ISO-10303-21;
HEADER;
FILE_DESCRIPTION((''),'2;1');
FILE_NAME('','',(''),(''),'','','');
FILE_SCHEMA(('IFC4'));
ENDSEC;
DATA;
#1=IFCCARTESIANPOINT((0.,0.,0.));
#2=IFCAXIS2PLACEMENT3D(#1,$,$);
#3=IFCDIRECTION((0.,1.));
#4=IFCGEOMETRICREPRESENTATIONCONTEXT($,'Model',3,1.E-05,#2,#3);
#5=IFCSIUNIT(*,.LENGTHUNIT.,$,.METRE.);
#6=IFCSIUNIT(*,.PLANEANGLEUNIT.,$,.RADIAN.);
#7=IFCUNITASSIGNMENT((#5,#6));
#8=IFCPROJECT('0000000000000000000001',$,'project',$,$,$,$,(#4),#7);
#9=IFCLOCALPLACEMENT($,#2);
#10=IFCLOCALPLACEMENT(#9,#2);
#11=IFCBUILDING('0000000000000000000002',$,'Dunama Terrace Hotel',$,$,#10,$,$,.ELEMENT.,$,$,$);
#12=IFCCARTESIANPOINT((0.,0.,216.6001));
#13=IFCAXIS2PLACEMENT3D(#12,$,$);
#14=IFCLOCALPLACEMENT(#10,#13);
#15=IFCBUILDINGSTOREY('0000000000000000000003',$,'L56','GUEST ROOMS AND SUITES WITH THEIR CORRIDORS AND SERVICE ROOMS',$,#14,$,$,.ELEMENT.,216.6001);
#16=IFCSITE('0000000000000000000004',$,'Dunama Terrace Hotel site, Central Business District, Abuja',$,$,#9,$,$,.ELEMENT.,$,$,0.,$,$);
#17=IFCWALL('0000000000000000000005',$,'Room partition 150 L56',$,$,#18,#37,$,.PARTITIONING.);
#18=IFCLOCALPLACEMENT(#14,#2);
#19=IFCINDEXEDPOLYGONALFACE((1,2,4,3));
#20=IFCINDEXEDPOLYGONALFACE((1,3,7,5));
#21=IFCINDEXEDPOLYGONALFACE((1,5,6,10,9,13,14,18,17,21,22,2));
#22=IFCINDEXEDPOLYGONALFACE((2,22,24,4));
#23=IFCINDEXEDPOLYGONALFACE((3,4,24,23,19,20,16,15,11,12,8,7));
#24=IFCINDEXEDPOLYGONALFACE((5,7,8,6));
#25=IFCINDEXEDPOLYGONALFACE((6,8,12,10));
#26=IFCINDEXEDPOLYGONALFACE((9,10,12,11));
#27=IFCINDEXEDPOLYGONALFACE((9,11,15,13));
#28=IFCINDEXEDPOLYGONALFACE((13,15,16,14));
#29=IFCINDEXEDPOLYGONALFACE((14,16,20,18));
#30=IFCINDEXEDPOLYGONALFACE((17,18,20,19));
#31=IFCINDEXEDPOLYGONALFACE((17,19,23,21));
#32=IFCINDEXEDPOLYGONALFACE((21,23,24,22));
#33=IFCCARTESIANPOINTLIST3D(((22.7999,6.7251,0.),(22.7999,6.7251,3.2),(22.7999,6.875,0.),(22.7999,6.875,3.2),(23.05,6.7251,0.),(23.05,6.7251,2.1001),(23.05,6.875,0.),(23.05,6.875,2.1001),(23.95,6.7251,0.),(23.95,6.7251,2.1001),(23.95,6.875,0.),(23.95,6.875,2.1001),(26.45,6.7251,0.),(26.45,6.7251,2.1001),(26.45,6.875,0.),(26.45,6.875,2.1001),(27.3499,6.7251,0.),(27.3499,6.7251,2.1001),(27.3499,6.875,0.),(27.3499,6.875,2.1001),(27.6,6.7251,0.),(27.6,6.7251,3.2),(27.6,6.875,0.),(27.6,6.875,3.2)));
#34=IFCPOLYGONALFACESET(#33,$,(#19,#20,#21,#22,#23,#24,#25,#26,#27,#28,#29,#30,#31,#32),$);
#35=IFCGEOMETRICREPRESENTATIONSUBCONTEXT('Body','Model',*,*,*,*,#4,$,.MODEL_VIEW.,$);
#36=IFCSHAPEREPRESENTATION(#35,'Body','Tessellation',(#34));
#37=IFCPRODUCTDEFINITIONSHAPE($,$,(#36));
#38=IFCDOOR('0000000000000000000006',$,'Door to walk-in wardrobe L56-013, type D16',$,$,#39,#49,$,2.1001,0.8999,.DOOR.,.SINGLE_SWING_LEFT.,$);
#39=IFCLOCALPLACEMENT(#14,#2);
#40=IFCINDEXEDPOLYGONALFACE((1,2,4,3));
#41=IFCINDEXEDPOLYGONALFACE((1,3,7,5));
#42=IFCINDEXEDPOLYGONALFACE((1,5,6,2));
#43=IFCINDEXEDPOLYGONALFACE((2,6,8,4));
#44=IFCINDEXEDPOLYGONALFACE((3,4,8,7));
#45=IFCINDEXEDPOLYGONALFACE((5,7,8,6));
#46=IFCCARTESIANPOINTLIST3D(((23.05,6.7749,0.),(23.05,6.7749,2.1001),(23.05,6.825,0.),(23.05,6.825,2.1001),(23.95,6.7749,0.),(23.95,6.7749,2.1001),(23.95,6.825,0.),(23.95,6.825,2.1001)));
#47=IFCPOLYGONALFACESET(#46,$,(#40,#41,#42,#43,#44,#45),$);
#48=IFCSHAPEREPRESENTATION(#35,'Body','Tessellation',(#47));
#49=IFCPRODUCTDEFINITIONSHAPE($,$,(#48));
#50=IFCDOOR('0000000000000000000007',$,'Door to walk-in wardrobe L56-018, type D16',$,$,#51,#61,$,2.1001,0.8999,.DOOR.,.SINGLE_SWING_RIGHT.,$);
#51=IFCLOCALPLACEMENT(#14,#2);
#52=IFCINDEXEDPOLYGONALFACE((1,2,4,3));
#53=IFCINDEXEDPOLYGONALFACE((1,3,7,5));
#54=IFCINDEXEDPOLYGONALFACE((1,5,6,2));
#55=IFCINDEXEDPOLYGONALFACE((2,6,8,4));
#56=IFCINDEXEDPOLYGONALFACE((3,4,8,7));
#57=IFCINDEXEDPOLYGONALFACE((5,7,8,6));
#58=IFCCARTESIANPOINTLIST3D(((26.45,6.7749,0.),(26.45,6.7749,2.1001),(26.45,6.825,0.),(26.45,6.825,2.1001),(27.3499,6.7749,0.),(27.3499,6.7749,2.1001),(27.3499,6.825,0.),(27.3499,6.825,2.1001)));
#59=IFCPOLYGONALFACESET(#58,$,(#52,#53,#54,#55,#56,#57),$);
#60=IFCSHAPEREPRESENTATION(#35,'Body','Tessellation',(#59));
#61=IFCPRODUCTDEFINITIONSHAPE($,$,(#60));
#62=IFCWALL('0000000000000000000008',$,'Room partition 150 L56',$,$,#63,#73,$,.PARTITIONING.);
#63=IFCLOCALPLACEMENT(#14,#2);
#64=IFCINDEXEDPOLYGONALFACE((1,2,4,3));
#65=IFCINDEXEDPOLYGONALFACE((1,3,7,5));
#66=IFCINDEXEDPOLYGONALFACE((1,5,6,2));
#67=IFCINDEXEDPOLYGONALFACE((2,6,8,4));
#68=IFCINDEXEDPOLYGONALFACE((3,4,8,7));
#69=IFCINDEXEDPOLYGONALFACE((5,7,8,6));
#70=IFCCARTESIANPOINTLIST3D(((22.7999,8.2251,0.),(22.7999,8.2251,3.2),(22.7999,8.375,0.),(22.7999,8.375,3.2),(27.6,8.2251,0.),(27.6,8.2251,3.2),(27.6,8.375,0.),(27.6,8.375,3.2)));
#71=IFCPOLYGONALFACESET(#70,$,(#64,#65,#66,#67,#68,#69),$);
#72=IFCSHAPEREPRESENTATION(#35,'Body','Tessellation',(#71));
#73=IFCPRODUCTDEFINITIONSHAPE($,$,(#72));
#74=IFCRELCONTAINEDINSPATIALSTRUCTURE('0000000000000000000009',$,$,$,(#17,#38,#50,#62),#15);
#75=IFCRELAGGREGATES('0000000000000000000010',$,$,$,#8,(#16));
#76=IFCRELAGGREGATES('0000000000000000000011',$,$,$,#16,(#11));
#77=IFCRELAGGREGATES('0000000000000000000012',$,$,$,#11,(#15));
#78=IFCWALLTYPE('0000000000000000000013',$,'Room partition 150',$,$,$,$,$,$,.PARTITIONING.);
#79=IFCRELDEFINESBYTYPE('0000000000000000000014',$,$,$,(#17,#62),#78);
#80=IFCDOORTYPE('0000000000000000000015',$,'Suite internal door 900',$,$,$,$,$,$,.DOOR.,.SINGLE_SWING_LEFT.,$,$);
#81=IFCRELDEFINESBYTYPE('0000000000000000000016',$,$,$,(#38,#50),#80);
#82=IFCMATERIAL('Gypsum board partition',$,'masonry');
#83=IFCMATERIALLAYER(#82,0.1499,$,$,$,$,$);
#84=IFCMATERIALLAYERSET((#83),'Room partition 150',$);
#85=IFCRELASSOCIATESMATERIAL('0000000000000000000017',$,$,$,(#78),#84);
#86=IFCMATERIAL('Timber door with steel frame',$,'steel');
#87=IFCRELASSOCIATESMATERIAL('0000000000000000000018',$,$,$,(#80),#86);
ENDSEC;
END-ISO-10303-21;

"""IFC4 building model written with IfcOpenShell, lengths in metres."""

from ifc_helpers import new_model, si_unit, direction, frame, frame_2d, origin, place, context, subcontext, project, spatial, rectangle, extrude, material, layer, layer_set, type_object, element, fill, save


model = new_model("IFC4")

# Units and contexts
model_context = context("Model", 3, precision=1e-05, world=origin(), true_north=direction((0.0, 1.0)))
body_context = subcontext(model_context, "Body", "Model", "MODEL_VIEW")
ifc_project = project(units=[si_unit("LENGTHUNIT", "METRE"), si_unit("PLANEANGLEUNIT", "RADIAN")], contexts=[model_context])

# Site, building, storey
site_placement = place(None, origin())
site = spatial("IfcSite", under=ifc_project, at=site_placement, Name="Dunama Terrace Hotel site, Central Business District, Abuja", CompositionType="ELEMENT", RefElevation=0.0)
building_placement = place(site_placement, origin())
building = spatial("IfcBuilding", under=site, at=building_placement, Name="Dunama Terrace Hotel", CompositionType="ELEMENT")
storey_placement = place(building_placement, frame((0.0, 0.0, 216.6001)))
storey = spatial("IfcBuildingStorey", under=building, at=storey_placement, Name="L56", Description="GUEST ROOMS AND SUITES WITH THEIR CORRIDORS AND SERVICE ROOMS", CompositionType="ELEMENT", Elevation=216.6001)

# Shared definitions
ifc_material_1 = material(Name="Gypsum board partition", Category="masonry")
ifc_layer_1 = layer(ifc_material_1, 0.1499)
ifc_layer_set_1 = layer_set([ifc_layer_1], Name="Room partition 150")
wall_type_1 = type_object("IfcWallType", Name="Room partition 150", PredefinedType="PARTITIONING", material=ifc_layer_set_1)

# Wall, openings, doors
wall_1_placement = place(storey_placement, frame((22.8, 6.8, 0.0), z_axis=(0.0, 0.0, 1.0), x_axis=(1.0, 0.0, 0.0)))
wall_1 = element("IfcWall", 1, at=wall_1_placement, inside=storey, type_object=wall_type_1, Name="Room partition 150 L56", PredefinedType="PARTITIONING", context=body_context, shape_type="SweptSolid", body=[
    extrude(rectangle(XDim=4.8, YDim=0.1499, at=frame_2d((2.3999, 0.0))), origin(), (0.0, 0.0, 1.0), 3.2),
])
opening_1_placement = place(wall_1_placement, frame((0.25, 0.0, 0.0)))
opening_1 = element("IfcOpeningElement", 2, at=opening_1_placement, cuts=wall_1, PredefinedType="OPENING", context=body_context, shape_type="SweptSolid", body=[
    extrude(rectangle(XDim=0.8999, YDim=2.1001, at=frame_2d((0.45, 1.05))), frame((0.0, 0.085, 0.0), z_axis=(0.0, -1.0, 0.0), x_axis=(1.0, 0.0, 0.0)), (0.0, 0.0, 1.0), 0.1699),
])
opening_2_placement = place(wall_1_placement, frame((3.6499, 0.0, 0.0)))
opening_2 = element("IfcOpeningElement", 3, at=opening_2_placement, cuts=wall_1, PredefinedType="OPENING", context=body_context, shape_type="SweptSolid", body=[
    extrude(rectangle(XDim=0.8999, YDim=2.1001, at=frame_2d((0.45, 1.05))), frame((0.0, 0.085, 0.0), z_axis=(0.0, -1.0, 0.0), x_axis=(1.0, 0.0, 0.0)), (0.0, 0.0, 1.0), 0.1699),
])
ifc_material_2 = material(Name="Timber door with steel frame", Category="steel")
door_type_1 = type_object("IfcDoorType", Name="Suite internal door 900", OperationType="SINGLE_SWING_LEFT", PredefinedType="DOOR", material=ifc_material_2)
door_1_placement = place(opening_1_placement, origin())
door_1 = element("IfcDoor", 4, at=door_1_placement, inside=storey, type_object=door_type_1, Name="Door to walk-in wardrobe L56-013, type D16", OperationType="SINGLE_SWING_LEFT", OverallHeight=2.1001, OverallWidth=0.8999, PredefinedType="DOOR", context=body_context, shape_type="SweptSolid", body=[
    extrude(rectangle(XDim=0.8999, YDim=2.1001, at=frame_2d((0.45, 1.05))), frame((0.0, 0.0249, 0.0), z_axis=(0.0, -1.0, 0.0), x_axis=(1.0, 0.0, 0.0)), (0.0, 0.0, 1.0), 0.05),
])
fill(opening_1, door_1)
door_2_placement = place(opening_2_placement, origin())
door_2 = element("IfcDoor", 5, at=door_2_placement, inside=storey, type_object=door_type_1, Name="Door to walk-in wardrobe L56-018, type D16", OperationType="SINGLE_SWING_RIGHT", OverallHeight=2.1001, OverallWidth=0.8999, PredefinedType="DOOR", context=body_context, shape_type="SweptSolid", body=[
    extrude(rectangle(XDim=0.8999, YDim=2.1001, at=frame_2d((0.45, 1.05))), frame((0.0, 0.0249, 0.0), z_axis=(0.0, -1.0, 0.0), x_axis=(1.0, 0.0, 0.0)), (0.0, 0.0, 1.0), 0.05),
])
fill(opening_2, door_2)

# Wall
wall_2_placement = place(storey_placement, frame((22.8, 8.3, 0.0), z_axis=(0.0, 0.0, 1.0), x_axis=(1.0, 0.0, 0.0)))
element("IfcWall", 6, at=wall_2_placement, inside=storey, type_object=wall_type_1, Name="Room partition 150 L56", PredefinedType="PARTITIONING", context=body_context, shape_type="SweptSolid", body=[
    extrude(rectangle(XDim=4.8, YDim=0.1499, at=frame_2d((2.3999, 0.0))), origin(), (0.0, 0.0, 1.0), 3.2),
])

save(model, "model.ifc")
